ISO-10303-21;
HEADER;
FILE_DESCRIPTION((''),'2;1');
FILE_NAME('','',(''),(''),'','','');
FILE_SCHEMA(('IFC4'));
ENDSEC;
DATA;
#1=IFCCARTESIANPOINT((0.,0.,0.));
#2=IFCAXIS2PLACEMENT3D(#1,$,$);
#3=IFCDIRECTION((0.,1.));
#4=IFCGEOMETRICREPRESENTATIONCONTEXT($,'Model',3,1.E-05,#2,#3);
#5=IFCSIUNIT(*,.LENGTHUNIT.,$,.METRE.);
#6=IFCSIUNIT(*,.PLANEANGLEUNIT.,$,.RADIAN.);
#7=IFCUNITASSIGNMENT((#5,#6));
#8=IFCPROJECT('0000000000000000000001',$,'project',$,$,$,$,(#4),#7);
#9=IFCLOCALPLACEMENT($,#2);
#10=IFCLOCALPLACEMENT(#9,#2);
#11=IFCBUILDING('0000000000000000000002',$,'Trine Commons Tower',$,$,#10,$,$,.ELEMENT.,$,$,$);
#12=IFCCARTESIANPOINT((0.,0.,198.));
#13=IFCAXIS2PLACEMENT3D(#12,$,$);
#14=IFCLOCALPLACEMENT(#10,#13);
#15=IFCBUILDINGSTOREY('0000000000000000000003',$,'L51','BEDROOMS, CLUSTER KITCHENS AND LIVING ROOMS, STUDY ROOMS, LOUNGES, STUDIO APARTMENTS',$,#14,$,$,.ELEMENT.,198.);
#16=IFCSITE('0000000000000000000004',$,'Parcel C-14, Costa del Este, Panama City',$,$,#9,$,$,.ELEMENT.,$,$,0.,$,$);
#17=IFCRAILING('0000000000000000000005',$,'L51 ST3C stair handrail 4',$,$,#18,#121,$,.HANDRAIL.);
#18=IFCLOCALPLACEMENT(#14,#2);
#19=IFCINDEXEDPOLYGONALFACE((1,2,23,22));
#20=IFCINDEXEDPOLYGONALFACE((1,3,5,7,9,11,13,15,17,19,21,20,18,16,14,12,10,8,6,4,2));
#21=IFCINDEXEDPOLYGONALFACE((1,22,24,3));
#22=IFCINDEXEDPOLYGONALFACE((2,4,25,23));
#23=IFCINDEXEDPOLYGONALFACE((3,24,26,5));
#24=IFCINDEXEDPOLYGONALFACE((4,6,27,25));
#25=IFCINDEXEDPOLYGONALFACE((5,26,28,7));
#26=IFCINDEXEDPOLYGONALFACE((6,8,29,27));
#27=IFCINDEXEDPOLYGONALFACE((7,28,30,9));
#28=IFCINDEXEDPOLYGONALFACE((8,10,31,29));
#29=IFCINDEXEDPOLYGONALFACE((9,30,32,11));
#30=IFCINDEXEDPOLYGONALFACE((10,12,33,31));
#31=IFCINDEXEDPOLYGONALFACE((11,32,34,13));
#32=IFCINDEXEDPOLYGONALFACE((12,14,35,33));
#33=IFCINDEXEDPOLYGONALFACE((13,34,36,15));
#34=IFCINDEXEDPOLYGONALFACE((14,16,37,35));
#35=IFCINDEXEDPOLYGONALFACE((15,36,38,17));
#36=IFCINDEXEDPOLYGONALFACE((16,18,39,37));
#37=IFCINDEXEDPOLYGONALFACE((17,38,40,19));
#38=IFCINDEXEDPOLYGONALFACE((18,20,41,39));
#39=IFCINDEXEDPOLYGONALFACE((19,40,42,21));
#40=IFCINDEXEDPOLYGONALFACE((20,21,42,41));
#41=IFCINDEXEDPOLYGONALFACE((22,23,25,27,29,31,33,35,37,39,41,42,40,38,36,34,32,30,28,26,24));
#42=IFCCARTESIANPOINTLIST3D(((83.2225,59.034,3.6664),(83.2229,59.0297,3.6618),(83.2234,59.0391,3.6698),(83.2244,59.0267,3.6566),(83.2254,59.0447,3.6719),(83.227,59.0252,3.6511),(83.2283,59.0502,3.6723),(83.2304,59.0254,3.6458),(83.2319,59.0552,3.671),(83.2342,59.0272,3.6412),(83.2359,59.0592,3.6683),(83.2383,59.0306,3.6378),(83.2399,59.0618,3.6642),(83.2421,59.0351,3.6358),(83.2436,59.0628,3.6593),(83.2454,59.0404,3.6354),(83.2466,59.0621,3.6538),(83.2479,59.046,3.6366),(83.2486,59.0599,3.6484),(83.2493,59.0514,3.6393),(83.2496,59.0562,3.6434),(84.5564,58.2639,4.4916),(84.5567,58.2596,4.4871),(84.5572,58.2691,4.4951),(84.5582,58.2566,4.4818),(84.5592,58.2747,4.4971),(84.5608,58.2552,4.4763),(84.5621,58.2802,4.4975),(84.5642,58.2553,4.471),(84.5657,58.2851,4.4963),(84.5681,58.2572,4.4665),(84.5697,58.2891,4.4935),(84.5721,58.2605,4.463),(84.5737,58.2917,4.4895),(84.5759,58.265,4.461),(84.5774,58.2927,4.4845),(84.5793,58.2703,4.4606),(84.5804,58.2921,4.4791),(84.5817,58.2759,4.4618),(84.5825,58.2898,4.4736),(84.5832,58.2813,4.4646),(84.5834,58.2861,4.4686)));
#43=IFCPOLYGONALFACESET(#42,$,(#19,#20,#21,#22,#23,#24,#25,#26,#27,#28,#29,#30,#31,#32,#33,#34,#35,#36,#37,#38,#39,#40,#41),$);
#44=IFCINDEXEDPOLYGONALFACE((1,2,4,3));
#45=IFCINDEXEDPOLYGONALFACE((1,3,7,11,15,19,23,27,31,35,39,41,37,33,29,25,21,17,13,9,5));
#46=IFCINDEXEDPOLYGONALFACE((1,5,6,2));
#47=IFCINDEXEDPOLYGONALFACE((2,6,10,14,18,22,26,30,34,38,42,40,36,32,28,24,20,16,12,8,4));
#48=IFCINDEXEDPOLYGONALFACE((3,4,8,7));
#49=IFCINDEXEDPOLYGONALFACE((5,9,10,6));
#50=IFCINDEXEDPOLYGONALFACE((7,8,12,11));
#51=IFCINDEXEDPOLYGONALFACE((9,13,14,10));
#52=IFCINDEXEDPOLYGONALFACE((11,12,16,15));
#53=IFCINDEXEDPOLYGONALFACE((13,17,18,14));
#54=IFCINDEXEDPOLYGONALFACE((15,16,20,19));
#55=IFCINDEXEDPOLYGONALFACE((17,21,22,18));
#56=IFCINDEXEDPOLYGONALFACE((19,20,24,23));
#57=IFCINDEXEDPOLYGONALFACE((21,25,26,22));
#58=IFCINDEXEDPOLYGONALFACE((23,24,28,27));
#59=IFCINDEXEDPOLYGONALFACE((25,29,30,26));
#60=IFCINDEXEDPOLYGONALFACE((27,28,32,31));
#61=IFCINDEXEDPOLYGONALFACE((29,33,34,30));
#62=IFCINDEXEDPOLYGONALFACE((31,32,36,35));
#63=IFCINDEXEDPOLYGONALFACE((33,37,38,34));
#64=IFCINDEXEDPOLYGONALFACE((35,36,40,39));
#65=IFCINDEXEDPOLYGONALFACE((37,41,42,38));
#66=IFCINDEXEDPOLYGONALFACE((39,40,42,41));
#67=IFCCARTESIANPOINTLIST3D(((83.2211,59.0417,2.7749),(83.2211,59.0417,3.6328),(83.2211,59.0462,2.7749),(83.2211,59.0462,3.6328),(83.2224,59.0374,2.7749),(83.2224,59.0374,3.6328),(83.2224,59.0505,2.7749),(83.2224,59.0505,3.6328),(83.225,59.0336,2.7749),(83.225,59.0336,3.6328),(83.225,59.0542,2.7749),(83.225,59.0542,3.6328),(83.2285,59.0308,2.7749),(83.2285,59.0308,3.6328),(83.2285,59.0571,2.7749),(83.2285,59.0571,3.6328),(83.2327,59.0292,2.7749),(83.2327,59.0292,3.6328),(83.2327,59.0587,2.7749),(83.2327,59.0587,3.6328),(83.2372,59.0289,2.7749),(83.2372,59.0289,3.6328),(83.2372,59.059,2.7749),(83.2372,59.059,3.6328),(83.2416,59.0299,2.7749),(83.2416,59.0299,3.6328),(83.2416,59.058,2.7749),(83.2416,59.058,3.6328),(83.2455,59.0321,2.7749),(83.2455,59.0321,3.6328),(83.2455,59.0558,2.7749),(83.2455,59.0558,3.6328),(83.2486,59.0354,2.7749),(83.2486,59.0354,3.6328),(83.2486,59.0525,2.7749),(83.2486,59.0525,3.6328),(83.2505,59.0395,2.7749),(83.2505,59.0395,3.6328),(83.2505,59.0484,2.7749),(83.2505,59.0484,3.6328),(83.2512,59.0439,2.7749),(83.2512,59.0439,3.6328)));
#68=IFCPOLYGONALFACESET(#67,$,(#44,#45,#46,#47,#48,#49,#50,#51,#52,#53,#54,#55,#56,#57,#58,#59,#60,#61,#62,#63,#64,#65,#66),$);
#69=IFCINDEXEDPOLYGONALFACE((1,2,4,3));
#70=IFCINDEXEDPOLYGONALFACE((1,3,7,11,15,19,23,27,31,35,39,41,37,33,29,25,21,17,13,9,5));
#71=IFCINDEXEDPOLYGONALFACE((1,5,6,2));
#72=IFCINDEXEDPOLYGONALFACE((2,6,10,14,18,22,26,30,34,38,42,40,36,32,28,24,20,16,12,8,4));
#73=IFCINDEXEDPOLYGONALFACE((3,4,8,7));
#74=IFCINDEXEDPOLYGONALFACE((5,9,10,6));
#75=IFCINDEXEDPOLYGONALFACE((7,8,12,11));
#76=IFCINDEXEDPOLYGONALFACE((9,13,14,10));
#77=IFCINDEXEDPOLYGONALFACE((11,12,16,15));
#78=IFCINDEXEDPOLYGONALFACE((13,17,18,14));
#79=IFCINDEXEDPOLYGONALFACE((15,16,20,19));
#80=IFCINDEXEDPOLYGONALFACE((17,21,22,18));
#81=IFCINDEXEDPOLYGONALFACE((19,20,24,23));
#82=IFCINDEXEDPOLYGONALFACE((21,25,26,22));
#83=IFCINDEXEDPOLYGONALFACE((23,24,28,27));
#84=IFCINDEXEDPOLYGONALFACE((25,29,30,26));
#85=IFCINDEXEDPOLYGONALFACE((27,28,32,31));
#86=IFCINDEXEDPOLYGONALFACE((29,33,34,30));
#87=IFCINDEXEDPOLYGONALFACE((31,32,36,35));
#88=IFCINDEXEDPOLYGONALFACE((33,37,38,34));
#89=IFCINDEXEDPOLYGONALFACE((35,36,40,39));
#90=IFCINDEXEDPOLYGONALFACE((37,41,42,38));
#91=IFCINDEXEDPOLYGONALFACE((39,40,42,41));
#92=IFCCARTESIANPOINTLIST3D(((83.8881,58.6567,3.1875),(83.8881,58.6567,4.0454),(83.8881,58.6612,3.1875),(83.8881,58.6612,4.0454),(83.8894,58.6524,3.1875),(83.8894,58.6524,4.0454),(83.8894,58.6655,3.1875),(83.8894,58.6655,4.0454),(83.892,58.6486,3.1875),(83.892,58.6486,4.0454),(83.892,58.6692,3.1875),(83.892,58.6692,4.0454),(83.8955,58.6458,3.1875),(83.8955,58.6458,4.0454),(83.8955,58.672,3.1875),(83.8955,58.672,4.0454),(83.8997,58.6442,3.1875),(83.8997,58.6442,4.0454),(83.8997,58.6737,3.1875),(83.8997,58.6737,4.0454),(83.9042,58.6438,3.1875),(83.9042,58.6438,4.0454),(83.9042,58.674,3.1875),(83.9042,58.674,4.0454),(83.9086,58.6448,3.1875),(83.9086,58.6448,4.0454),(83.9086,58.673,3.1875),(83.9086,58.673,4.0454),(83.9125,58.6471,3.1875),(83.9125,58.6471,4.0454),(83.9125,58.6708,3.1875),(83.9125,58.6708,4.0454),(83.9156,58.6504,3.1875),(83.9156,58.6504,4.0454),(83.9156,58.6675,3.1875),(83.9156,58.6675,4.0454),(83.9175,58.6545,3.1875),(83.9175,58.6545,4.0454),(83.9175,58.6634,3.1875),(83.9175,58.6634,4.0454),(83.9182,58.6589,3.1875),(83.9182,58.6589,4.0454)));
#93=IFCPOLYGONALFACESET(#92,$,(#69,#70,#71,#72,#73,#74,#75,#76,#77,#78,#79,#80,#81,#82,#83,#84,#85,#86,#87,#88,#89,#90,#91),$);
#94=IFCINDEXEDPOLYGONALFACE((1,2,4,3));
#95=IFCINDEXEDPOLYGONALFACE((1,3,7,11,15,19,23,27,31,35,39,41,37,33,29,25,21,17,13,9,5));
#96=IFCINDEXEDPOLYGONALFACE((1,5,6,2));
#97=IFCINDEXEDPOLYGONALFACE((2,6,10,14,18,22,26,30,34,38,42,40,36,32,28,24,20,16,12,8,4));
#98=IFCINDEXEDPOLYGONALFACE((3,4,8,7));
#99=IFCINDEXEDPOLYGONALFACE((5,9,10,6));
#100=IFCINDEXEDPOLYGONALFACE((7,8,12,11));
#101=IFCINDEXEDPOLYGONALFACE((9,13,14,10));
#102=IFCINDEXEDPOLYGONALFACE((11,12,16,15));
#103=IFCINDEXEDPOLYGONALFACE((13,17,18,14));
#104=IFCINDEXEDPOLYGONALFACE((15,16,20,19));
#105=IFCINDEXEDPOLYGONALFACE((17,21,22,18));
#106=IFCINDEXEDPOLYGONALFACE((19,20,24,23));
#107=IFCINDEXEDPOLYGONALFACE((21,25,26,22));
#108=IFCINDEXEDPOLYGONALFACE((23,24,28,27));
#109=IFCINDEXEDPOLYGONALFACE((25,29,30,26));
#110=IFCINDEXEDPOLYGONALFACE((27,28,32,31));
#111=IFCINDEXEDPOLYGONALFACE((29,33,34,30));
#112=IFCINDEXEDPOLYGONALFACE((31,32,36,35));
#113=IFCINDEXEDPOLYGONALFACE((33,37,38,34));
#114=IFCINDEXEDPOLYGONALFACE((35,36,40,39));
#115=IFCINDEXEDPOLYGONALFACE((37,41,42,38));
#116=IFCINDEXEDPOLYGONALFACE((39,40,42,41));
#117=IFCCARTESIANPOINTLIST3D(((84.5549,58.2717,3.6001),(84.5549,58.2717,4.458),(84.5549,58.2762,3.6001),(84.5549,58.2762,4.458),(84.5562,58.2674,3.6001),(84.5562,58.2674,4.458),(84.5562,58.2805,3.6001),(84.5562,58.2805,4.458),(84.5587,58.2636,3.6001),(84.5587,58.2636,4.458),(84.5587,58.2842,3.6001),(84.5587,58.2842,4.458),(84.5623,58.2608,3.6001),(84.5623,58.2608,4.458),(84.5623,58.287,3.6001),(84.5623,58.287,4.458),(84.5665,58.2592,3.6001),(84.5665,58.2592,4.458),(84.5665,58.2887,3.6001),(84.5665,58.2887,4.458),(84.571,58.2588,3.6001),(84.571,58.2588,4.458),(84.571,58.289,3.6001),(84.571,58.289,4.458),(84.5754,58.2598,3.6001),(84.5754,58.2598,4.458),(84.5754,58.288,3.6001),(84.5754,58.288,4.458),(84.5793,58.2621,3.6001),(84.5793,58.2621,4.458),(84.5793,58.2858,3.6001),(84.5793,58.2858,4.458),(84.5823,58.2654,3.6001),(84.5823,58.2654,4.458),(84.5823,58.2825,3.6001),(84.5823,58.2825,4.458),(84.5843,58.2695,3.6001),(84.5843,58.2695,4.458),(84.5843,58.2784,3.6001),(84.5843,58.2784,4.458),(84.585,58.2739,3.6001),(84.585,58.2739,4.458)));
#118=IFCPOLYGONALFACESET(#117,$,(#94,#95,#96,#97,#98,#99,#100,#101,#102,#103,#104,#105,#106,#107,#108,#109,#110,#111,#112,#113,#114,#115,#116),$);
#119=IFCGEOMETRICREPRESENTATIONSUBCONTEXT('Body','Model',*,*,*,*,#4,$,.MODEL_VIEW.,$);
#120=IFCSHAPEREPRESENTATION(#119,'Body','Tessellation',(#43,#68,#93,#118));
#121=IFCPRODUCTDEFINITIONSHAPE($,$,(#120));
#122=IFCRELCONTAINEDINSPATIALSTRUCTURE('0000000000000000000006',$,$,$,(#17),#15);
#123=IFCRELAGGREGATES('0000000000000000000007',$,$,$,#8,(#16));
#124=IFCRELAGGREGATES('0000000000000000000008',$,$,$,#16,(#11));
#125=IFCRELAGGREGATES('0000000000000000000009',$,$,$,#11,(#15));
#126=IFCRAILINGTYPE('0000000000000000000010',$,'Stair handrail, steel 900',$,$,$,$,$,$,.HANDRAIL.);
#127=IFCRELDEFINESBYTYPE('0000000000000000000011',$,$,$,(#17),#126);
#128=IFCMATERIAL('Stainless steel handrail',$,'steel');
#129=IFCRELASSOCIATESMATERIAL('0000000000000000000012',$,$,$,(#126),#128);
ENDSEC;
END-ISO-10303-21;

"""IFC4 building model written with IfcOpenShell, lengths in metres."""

from ifc_helpers import new_model, si_unit, direction, frame, origin, origin_2d, place, context, subcontext, project, spatial, circle, extrude, material, type_object, element, save


model = new_model("IFC4")

# Units and contexts
model_context = context("Model", 3, precision=1e-05, world=origin(), true_north=direction((0.0, 1.0)))
body_context = subcontext(model_context, "Body", "Model", "MODEL_VIEW")
ifc_project = project(units=[si_unit("LENGTHUNIT", "METRE"), si_unit("PLANEANGLEUNIT", "RADIAN")], contexts=[model_context])

# Site, building, storey
site_placement = place(None, origin())
site = spatial("IfcSite", under=ifc_project, at=site_placement, Name="Parcel C-14, Costa del Este, Panama City", CompositionType="ELEMENT", RefElevation=0.0)
building_placement = place(site_placement, origin())
building = spatial("IfcBuilding", under=site, at=building_placement, Name="Trine Commons Tower", CompositionType="ELEMENT")
storey_placement = place(building_placement, frame((0.0, 0.0, 198.0)))
storey = spatial("IfcBuildingStorey", under=building, at=storey_placement, Name="L51", Description="BEDROOMS, CLUSTER KITCHENS AND LIVING ROOMS, STUDY ROOMS, LOUNGES, STUDIO APARTMENTS", CompositionType="ELEMENT", Elevation=198.0)

# Railing
ifc_material_1 = material(Name="Stainless steel handrail", Category="steel")
railing_type_1 = type_object("IfcRailingType", Name="Stair handrail, steel 900", PredefinedType="HANDRAIL", material=ifc_material_1)
railing_1_placement = place(storey_placement, frame((83.2361, 59.0439, 2.7749)))
element("IfcRailing", 1, at=railing_1_placement, inside=storey, type_object=railing_type_1, Name="L51 ST3C stair handrail 4", PredefinedType="HANDRAIL", context=body_context, shape_type="SweptSolid", body=[
    extrude(circle(Radius=0.021, at=origin_2d()), frame((0.0, 0.0, 0.8789), z_axis=(0.763355, -0.440714, 0.472293), x_axis=(0.499992, 0.86603, 0.0)), (0.0, 0.0, 1.0), 1.7473),
    extrude(circle(Radius=0.0151, at=origin_2d()), origin(), (0.0, 0.0, 1.0), 0.8579),
    extrude(circle(Radius=0.0151, at=origin_2d()), frame((0.667, -0.385, 0.4126)), (0.0, 0.0, 1.0), 0.8579),
    extrude(circle(Radius=0.0151, at=origin_2d()), frame((1.3337, -0.77, 0.8252)), (0.0, 0.0, 1.0), 0.8579),
])

save(model, "model.ifc")
